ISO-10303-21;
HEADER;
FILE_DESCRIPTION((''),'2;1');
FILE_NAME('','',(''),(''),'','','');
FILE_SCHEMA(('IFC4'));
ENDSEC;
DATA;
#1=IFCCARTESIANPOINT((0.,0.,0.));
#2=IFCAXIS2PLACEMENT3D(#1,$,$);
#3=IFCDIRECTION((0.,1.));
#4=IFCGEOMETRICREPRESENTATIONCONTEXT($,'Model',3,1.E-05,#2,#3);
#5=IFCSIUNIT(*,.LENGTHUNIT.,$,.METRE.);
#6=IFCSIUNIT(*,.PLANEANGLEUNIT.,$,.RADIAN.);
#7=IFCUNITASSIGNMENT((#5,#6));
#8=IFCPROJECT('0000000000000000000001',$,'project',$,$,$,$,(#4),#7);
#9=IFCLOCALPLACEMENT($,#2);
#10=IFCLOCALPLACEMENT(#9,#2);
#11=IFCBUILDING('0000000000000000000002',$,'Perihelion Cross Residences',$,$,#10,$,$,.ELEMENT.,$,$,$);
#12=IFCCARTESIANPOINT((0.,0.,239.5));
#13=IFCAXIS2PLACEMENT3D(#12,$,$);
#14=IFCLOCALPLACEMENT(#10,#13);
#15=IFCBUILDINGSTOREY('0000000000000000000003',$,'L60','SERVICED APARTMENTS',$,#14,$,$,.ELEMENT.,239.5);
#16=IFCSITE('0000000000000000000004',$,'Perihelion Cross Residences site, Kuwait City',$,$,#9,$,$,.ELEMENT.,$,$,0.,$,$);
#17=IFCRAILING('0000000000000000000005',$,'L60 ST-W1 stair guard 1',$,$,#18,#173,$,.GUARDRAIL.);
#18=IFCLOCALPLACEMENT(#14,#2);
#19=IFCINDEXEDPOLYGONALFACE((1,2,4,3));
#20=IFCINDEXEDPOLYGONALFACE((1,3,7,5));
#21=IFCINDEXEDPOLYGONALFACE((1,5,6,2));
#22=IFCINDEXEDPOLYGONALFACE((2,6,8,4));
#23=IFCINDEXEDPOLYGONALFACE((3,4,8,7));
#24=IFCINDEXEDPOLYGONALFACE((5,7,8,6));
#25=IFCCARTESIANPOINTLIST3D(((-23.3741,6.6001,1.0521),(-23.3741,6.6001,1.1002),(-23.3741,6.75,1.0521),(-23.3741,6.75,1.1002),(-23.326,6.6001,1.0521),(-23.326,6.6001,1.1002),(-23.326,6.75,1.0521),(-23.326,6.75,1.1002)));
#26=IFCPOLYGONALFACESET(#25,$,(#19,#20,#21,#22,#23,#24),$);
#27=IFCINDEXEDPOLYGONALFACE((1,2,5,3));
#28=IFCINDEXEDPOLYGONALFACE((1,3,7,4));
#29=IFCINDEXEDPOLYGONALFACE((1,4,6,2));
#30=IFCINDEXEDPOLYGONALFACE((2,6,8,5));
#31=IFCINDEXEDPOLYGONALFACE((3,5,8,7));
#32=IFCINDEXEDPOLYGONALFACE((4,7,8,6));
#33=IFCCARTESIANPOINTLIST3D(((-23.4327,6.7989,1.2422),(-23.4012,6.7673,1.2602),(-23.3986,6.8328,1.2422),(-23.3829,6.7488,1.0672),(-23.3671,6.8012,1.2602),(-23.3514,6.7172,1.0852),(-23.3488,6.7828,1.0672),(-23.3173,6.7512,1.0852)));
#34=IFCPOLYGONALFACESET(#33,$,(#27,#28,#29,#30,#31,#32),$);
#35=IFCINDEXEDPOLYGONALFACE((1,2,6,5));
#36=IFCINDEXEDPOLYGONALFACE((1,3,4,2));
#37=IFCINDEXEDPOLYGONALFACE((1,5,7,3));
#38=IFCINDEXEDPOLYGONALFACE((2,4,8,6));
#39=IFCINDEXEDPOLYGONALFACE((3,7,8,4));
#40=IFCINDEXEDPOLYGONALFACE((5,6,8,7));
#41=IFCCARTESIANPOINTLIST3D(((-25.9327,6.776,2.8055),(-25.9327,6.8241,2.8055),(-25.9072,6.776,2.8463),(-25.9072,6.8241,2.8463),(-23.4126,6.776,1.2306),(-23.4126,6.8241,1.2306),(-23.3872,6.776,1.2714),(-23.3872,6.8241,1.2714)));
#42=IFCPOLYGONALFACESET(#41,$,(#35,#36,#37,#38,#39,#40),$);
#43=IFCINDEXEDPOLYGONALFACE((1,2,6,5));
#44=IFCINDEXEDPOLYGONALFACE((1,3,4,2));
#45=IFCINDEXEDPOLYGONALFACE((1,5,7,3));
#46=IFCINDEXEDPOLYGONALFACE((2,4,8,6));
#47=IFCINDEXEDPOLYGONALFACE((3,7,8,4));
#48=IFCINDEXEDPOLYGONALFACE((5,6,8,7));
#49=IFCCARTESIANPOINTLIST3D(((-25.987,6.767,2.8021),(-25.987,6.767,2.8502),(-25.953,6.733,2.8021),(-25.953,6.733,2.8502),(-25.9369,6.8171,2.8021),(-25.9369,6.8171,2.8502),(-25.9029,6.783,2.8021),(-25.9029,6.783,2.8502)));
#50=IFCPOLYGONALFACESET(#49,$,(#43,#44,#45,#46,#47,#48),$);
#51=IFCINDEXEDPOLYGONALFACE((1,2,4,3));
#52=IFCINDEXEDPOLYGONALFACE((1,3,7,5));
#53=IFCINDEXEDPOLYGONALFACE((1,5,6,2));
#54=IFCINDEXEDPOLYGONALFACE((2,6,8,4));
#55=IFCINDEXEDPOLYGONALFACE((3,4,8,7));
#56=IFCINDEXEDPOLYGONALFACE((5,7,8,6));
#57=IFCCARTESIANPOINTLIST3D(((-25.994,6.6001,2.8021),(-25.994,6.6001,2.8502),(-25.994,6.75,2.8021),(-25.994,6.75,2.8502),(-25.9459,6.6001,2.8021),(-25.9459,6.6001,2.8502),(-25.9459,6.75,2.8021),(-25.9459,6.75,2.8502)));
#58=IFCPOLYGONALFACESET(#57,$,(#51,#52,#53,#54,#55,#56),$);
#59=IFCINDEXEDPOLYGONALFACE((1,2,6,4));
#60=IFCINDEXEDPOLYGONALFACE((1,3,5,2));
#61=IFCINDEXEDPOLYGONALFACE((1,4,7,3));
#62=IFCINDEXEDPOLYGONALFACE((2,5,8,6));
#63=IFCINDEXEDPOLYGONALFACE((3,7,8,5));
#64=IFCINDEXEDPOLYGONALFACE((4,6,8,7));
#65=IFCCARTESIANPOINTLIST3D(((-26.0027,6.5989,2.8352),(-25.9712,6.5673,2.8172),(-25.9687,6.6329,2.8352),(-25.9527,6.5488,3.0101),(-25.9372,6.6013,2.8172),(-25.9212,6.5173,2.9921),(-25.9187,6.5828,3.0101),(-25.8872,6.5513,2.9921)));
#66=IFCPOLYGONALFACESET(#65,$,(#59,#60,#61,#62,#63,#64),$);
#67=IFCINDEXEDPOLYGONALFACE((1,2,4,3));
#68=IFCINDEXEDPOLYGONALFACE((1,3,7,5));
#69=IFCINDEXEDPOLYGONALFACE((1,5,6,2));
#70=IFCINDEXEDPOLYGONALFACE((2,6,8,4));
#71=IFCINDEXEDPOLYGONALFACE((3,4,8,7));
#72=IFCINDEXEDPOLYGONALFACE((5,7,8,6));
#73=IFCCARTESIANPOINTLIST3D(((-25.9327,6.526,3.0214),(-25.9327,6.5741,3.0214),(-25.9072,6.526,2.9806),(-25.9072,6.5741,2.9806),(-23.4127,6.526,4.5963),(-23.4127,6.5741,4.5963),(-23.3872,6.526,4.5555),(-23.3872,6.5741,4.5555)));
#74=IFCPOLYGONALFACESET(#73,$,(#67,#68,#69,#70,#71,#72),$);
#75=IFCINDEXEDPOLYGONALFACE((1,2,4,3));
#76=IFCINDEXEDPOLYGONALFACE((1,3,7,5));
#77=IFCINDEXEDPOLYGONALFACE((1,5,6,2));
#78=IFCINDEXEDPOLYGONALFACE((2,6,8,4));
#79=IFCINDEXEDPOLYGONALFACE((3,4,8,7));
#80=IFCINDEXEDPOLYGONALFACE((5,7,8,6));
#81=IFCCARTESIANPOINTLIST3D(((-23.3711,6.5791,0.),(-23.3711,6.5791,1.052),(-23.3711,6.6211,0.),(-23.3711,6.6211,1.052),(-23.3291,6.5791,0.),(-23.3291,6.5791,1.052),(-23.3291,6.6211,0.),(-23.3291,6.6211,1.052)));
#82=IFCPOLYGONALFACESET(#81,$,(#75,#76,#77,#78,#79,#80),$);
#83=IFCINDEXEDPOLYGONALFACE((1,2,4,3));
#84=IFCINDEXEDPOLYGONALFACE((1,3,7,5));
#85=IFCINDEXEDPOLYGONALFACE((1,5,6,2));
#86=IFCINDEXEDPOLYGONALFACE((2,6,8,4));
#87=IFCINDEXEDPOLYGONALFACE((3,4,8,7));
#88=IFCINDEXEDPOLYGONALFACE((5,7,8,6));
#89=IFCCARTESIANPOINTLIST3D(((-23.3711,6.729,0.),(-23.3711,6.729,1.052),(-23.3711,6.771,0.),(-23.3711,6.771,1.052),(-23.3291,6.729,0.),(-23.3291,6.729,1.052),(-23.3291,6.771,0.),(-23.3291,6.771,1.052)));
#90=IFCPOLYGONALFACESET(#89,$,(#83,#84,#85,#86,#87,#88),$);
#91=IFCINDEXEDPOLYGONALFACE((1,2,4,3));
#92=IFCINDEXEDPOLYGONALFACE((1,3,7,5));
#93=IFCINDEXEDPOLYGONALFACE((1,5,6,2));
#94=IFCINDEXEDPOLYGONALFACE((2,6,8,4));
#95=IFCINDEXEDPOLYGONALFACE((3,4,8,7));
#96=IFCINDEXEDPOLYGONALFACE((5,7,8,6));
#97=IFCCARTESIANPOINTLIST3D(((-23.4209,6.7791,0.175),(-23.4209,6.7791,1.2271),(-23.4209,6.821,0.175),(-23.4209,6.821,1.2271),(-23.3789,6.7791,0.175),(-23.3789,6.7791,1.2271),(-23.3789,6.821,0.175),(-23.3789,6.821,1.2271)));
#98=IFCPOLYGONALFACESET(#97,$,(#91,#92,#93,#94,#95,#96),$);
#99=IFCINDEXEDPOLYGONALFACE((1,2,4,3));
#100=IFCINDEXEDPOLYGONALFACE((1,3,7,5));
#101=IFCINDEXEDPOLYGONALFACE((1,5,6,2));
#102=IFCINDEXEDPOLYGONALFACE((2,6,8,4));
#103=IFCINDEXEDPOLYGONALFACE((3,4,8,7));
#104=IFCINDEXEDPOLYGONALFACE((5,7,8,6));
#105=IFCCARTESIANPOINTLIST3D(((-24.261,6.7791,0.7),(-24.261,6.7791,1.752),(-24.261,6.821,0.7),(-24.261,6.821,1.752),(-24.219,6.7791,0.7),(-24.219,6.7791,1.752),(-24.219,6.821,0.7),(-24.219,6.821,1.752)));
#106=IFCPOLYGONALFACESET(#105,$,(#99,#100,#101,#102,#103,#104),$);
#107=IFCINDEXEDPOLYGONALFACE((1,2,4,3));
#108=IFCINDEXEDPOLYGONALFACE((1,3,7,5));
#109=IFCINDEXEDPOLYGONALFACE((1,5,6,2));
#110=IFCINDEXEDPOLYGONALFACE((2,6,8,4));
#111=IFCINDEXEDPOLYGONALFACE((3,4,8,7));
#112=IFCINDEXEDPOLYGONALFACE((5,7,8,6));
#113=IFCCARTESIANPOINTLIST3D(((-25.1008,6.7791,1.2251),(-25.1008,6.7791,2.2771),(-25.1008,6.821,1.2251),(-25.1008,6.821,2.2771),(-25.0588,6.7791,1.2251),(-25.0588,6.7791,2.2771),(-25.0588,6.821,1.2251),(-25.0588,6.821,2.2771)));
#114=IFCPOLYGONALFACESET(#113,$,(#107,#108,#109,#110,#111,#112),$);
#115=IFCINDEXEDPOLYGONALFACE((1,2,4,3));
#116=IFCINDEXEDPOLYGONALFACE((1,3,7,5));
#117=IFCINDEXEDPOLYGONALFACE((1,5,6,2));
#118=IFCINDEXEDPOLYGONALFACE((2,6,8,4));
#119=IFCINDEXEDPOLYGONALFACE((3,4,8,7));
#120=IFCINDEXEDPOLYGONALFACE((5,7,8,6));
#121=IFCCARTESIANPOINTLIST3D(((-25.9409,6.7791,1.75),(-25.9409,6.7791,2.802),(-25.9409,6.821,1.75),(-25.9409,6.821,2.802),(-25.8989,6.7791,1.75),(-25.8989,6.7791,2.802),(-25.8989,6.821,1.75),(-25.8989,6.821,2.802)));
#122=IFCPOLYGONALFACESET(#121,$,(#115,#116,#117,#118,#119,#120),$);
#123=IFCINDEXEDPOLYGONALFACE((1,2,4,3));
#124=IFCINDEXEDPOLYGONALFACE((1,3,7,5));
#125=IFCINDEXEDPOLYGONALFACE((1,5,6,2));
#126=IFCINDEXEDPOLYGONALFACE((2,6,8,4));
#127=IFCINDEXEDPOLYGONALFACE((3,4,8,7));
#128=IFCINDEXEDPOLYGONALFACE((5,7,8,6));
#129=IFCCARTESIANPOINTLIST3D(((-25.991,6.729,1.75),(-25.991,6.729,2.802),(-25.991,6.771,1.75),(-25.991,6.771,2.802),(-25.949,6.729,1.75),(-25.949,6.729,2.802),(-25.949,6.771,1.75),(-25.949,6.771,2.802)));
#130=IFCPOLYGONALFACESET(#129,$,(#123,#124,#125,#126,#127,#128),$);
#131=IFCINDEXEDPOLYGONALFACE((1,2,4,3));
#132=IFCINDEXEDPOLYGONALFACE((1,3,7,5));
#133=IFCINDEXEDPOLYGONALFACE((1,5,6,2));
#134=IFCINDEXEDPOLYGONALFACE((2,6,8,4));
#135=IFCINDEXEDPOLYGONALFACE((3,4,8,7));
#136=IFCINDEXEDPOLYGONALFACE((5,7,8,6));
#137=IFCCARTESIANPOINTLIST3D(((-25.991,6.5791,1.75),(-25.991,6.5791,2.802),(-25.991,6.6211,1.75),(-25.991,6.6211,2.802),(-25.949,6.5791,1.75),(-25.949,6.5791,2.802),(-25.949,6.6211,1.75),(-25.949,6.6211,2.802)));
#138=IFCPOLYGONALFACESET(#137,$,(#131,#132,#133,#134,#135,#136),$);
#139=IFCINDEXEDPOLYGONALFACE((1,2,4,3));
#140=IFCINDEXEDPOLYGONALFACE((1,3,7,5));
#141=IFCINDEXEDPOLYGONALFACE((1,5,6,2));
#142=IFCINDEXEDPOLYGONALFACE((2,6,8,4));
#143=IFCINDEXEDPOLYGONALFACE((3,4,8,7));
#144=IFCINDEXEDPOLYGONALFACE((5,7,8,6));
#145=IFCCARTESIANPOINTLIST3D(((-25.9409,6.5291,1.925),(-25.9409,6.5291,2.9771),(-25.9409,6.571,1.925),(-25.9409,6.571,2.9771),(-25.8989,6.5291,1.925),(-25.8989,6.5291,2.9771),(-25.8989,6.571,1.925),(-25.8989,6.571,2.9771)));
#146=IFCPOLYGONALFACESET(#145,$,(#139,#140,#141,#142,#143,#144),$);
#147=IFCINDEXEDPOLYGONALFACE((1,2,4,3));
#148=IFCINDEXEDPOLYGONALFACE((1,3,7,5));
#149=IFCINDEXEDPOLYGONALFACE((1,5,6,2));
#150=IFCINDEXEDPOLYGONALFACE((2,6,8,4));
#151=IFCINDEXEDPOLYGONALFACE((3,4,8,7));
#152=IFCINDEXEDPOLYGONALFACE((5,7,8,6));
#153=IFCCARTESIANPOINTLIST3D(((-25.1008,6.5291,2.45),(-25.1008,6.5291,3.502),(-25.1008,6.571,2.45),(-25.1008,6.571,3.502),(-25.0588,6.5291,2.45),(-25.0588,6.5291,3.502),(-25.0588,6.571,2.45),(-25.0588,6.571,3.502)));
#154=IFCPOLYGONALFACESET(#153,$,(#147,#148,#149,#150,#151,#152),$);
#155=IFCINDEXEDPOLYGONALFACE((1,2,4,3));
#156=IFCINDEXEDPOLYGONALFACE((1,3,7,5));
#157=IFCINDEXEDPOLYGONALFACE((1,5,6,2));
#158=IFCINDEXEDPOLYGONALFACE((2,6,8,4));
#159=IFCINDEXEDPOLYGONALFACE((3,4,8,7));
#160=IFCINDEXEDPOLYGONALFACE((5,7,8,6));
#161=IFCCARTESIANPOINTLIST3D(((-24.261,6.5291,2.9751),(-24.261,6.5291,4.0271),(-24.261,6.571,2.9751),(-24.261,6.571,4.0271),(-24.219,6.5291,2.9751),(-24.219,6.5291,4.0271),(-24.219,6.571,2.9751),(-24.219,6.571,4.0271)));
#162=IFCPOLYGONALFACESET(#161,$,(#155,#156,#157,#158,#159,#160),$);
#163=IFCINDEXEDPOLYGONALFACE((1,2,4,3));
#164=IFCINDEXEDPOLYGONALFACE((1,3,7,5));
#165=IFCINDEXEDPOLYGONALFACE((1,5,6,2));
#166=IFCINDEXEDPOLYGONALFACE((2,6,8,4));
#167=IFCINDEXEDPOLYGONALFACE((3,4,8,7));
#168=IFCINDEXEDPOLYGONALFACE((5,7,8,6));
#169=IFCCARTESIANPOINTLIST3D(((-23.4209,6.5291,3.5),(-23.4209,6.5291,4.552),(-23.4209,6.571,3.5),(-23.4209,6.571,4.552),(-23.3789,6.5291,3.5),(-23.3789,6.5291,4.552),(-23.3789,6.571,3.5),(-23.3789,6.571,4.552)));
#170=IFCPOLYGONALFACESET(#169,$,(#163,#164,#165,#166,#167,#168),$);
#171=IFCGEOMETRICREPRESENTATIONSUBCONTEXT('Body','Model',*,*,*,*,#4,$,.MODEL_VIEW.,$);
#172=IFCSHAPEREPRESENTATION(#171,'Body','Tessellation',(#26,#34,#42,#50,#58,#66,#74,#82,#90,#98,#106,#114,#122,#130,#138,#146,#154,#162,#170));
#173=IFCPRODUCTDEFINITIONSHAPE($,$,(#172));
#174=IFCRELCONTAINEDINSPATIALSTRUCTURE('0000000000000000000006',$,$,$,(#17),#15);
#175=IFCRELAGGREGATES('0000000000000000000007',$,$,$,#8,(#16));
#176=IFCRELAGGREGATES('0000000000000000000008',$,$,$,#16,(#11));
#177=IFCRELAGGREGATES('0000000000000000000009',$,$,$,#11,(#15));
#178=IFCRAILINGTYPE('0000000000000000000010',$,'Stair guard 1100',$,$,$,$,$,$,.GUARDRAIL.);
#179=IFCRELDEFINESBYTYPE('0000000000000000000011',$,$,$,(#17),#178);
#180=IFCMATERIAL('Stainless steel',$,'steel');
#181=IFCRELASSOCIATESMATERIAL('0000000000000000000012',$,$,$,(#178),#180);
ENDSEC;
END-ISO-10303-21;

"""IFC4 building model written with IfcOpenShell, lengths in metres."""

from ifc_helpers import new_model, si_unit, direction, frame, origin, origin_2d, place, context, subcontext, project, spatial, rectangle, extrude, material, type_object, element, save


model = new_model("IFC4")

# Units and contexts
model_context = context("Model", 3, precision=1e-05, world=origin(), true_north=direction((0.0, 1.0)))
body_context = subcontext(model_context, "Body", "Model", "MODEL_VIEW")
ifc_project = project(units=[si_unit("LENGTHUNIT", "METRE"), si_unit("PLANEANGLEUNIT", "RADIAN")], contexts=[model_context])

# Site, building, storey
site_placement = place(None, origin())
site = spatial("IfcSite", under=ifc_project, at=site_placement, Name="Perihelion Cross Residences site, Kuwait City", CompositionType="ELEMENT", RefElevation=0.0)
building_placement = place(site_placement, origin())
building = spatial("IfcBuilding", under=site, at=building_placement, Name="Perihelion Cross Residences", CompositionType="ELEMENT")
storey_placement = place(building_placement, frame((0.0, 0.0, 239.5)))
storey = spatial("IfcBuildingStorey", under=building, at=storey_placement, Name="L60", Description="SERVICED APARTMENTS", CompositionType="ELEMENT", Elevation=239.5)

# Railing
ifc_material_1 = material(Name="Stainless steel", Category="steel")
railing_type_1 = type_object("IfcRailingType", Name="Stair guard 1100", PredefinedType="GUARDRAIL", material=ifc_material_1)
railing_1_placement = place(storey_placement, frame((-23.3501, 6.6001, 0.0)))
element("IfcRailing", 1, at=railing_1_placement, inside=storey, type_object=railing_type_1, Name="L60 ST-W1 stair guard 1", PredefinedType="GUARDRAIL", context=body_context, shape_type="SweptSolid", body=[
    extrude(rectangle(XDim=0.0481, YDim=0.0481, at=origin_2d()), frame((0.0, 0.0, 1.0762), z_axis=(0.0, 1.0, 0.0), x_axis=(-1.0, 0.0, 0.0)), (0.0, 0.0, 1.0), 0.1499),
    extrude(rectangle(XDim=0.0481, YDim=0.0481, at=origin_2d()), frame((0.0, 0.1499, 1.0762), z_axis=(-0.263862, 0.265156, 0.927399), x_axis=(-0.708834, -0.705376, 0.0)), (0.0, 0.0, 1.0), 0.1887),
    extrude(rectangle(XDim=0.0481, YDim=0.0481, at=origin_2d()), frame((-0.0498, 0.2, 1.251), z_axis=(-0.848008, 0.0, 0.529984), x_axis=(0.0, -1.0, 0.0)), (0.0, 0.0, 1.0), 2.9717),
    extrude(rectangle(XDim=0.0481, YDim=0.0481, at=origin_2d()), frame((-2.5698, 0.2, 2.8262), z_axis=(-0.707107, -0.707107, 0.0), x_axis=(0.707107, -0.707107, 0.0)), (0.0, 0.0, 1.0), 0.0708),
    extrude(rectangle(XDim=0.0481, YDim=0.0481, at=origin_2d()), frame((-2.6199, 0.1499, 2.8262), z_axis=(0.0, -1.0, 0.0), x_axis=(1.0, 0.0, 0.0)), (0.0, 0.0, 1.0), 0.1499),
    extrude(rectangle(XDim=0.0481, YDim=0.0481, at=origin_2d()), frame((-2.6199, 0.0, 2.8262), z_axis=(0.265065, -0.265065, 0.927082), x_axis=(0.707107, 0.707107, 0.0)), (0.0, 0.0, 1.0), 0.1887),
    extrude(rectangle(XDim=0.0481, YDim=0.0481, at=origin_2d()), frame((-2.5698, -0.05, 3.001), z_axis=(0.848008, 0.0, 0.529984), x_axis=(0.0, 1.0, 0.0)), (0.0, 0.0, 1.0), 2.9717),
    extrude(rectangle(XDim=0.042, YDim=0.042, at=origin_2d()), origin(), (0.0, 0.0, 1.0), 1.052),
    extrude(rectangle(XDim=0.042, YDim=0.042, at=origin_2d()), frame((0.0, 0.1499, 0.0)), (0.0, 0.0, 1.0), 1.052),
    extrude(rectangle(XDim=0.042, YDim=0.042, at=origin_2d()), frame((-0.0498, 0.2, 0.175)), (0.0, 0.0, 1.0), 1.052),
    extrude(rectangle(XDim=0.042, YDim=0.042, at=origin_2d()), frame((-0.8899, 0.2, 0.7)), (0.0, 0.0, 1.0), 1.052),
    extrude(rectangle(XDim=0.042, YDim=0.042, at=origin_2d()), frame((-1.7297, 0.2, 1.2251)), (0.0, 0.0, 1.0), 1.052),
    extrude(rectangle(XDim=0.042, YDim=0.042, at=origin_2d()), frame((-2.5698, 0.2, 1.75)), (0.0, 0.0, 1.0), 1.052),
    extrude(rectangle(XDim=0.042, YDim=0.042, at=origin_2d()), frame((-2.6199, 0.1499, 1.75)), (0.0, 0.0, 1.0), 1.052),
    extrude(rectangle(XDim=0.042, YDim=0.042, at=origin_2d()), frame((-2.6199, 0.0, 1.75)), (0.0, 0.0, 1.0), 1.052),
    extrude(rectangle(XDim=0.042, YDim=0.042, at=origin_2d()), frame((-2.5698, -0.05, 1.925)), (0.0, 0.0, 1.0), 1.052),
    extrude(rectangle(XDim=0.042, YDim=0.042, at=origin_2d()), frame((-1.7297, -0.05, 2.45)), (0.0, 0.0, 1.0), 1.052),
    extrude(rectangle(XDim=0.042, YDim=0.042, at=origin_2d()), frame((-0.8899, -0.05, 2.9751)), (0.0, 0.0, 1.0), 1.052),
    extrude(rectangle(XDim=0.042, YDim=0.042, at=origin_2d()), frame((-0.0498, -0.05, 3.5)), (0.0, 0.0, 1.0), 1.052),
])

save(model, "model.ifc")
